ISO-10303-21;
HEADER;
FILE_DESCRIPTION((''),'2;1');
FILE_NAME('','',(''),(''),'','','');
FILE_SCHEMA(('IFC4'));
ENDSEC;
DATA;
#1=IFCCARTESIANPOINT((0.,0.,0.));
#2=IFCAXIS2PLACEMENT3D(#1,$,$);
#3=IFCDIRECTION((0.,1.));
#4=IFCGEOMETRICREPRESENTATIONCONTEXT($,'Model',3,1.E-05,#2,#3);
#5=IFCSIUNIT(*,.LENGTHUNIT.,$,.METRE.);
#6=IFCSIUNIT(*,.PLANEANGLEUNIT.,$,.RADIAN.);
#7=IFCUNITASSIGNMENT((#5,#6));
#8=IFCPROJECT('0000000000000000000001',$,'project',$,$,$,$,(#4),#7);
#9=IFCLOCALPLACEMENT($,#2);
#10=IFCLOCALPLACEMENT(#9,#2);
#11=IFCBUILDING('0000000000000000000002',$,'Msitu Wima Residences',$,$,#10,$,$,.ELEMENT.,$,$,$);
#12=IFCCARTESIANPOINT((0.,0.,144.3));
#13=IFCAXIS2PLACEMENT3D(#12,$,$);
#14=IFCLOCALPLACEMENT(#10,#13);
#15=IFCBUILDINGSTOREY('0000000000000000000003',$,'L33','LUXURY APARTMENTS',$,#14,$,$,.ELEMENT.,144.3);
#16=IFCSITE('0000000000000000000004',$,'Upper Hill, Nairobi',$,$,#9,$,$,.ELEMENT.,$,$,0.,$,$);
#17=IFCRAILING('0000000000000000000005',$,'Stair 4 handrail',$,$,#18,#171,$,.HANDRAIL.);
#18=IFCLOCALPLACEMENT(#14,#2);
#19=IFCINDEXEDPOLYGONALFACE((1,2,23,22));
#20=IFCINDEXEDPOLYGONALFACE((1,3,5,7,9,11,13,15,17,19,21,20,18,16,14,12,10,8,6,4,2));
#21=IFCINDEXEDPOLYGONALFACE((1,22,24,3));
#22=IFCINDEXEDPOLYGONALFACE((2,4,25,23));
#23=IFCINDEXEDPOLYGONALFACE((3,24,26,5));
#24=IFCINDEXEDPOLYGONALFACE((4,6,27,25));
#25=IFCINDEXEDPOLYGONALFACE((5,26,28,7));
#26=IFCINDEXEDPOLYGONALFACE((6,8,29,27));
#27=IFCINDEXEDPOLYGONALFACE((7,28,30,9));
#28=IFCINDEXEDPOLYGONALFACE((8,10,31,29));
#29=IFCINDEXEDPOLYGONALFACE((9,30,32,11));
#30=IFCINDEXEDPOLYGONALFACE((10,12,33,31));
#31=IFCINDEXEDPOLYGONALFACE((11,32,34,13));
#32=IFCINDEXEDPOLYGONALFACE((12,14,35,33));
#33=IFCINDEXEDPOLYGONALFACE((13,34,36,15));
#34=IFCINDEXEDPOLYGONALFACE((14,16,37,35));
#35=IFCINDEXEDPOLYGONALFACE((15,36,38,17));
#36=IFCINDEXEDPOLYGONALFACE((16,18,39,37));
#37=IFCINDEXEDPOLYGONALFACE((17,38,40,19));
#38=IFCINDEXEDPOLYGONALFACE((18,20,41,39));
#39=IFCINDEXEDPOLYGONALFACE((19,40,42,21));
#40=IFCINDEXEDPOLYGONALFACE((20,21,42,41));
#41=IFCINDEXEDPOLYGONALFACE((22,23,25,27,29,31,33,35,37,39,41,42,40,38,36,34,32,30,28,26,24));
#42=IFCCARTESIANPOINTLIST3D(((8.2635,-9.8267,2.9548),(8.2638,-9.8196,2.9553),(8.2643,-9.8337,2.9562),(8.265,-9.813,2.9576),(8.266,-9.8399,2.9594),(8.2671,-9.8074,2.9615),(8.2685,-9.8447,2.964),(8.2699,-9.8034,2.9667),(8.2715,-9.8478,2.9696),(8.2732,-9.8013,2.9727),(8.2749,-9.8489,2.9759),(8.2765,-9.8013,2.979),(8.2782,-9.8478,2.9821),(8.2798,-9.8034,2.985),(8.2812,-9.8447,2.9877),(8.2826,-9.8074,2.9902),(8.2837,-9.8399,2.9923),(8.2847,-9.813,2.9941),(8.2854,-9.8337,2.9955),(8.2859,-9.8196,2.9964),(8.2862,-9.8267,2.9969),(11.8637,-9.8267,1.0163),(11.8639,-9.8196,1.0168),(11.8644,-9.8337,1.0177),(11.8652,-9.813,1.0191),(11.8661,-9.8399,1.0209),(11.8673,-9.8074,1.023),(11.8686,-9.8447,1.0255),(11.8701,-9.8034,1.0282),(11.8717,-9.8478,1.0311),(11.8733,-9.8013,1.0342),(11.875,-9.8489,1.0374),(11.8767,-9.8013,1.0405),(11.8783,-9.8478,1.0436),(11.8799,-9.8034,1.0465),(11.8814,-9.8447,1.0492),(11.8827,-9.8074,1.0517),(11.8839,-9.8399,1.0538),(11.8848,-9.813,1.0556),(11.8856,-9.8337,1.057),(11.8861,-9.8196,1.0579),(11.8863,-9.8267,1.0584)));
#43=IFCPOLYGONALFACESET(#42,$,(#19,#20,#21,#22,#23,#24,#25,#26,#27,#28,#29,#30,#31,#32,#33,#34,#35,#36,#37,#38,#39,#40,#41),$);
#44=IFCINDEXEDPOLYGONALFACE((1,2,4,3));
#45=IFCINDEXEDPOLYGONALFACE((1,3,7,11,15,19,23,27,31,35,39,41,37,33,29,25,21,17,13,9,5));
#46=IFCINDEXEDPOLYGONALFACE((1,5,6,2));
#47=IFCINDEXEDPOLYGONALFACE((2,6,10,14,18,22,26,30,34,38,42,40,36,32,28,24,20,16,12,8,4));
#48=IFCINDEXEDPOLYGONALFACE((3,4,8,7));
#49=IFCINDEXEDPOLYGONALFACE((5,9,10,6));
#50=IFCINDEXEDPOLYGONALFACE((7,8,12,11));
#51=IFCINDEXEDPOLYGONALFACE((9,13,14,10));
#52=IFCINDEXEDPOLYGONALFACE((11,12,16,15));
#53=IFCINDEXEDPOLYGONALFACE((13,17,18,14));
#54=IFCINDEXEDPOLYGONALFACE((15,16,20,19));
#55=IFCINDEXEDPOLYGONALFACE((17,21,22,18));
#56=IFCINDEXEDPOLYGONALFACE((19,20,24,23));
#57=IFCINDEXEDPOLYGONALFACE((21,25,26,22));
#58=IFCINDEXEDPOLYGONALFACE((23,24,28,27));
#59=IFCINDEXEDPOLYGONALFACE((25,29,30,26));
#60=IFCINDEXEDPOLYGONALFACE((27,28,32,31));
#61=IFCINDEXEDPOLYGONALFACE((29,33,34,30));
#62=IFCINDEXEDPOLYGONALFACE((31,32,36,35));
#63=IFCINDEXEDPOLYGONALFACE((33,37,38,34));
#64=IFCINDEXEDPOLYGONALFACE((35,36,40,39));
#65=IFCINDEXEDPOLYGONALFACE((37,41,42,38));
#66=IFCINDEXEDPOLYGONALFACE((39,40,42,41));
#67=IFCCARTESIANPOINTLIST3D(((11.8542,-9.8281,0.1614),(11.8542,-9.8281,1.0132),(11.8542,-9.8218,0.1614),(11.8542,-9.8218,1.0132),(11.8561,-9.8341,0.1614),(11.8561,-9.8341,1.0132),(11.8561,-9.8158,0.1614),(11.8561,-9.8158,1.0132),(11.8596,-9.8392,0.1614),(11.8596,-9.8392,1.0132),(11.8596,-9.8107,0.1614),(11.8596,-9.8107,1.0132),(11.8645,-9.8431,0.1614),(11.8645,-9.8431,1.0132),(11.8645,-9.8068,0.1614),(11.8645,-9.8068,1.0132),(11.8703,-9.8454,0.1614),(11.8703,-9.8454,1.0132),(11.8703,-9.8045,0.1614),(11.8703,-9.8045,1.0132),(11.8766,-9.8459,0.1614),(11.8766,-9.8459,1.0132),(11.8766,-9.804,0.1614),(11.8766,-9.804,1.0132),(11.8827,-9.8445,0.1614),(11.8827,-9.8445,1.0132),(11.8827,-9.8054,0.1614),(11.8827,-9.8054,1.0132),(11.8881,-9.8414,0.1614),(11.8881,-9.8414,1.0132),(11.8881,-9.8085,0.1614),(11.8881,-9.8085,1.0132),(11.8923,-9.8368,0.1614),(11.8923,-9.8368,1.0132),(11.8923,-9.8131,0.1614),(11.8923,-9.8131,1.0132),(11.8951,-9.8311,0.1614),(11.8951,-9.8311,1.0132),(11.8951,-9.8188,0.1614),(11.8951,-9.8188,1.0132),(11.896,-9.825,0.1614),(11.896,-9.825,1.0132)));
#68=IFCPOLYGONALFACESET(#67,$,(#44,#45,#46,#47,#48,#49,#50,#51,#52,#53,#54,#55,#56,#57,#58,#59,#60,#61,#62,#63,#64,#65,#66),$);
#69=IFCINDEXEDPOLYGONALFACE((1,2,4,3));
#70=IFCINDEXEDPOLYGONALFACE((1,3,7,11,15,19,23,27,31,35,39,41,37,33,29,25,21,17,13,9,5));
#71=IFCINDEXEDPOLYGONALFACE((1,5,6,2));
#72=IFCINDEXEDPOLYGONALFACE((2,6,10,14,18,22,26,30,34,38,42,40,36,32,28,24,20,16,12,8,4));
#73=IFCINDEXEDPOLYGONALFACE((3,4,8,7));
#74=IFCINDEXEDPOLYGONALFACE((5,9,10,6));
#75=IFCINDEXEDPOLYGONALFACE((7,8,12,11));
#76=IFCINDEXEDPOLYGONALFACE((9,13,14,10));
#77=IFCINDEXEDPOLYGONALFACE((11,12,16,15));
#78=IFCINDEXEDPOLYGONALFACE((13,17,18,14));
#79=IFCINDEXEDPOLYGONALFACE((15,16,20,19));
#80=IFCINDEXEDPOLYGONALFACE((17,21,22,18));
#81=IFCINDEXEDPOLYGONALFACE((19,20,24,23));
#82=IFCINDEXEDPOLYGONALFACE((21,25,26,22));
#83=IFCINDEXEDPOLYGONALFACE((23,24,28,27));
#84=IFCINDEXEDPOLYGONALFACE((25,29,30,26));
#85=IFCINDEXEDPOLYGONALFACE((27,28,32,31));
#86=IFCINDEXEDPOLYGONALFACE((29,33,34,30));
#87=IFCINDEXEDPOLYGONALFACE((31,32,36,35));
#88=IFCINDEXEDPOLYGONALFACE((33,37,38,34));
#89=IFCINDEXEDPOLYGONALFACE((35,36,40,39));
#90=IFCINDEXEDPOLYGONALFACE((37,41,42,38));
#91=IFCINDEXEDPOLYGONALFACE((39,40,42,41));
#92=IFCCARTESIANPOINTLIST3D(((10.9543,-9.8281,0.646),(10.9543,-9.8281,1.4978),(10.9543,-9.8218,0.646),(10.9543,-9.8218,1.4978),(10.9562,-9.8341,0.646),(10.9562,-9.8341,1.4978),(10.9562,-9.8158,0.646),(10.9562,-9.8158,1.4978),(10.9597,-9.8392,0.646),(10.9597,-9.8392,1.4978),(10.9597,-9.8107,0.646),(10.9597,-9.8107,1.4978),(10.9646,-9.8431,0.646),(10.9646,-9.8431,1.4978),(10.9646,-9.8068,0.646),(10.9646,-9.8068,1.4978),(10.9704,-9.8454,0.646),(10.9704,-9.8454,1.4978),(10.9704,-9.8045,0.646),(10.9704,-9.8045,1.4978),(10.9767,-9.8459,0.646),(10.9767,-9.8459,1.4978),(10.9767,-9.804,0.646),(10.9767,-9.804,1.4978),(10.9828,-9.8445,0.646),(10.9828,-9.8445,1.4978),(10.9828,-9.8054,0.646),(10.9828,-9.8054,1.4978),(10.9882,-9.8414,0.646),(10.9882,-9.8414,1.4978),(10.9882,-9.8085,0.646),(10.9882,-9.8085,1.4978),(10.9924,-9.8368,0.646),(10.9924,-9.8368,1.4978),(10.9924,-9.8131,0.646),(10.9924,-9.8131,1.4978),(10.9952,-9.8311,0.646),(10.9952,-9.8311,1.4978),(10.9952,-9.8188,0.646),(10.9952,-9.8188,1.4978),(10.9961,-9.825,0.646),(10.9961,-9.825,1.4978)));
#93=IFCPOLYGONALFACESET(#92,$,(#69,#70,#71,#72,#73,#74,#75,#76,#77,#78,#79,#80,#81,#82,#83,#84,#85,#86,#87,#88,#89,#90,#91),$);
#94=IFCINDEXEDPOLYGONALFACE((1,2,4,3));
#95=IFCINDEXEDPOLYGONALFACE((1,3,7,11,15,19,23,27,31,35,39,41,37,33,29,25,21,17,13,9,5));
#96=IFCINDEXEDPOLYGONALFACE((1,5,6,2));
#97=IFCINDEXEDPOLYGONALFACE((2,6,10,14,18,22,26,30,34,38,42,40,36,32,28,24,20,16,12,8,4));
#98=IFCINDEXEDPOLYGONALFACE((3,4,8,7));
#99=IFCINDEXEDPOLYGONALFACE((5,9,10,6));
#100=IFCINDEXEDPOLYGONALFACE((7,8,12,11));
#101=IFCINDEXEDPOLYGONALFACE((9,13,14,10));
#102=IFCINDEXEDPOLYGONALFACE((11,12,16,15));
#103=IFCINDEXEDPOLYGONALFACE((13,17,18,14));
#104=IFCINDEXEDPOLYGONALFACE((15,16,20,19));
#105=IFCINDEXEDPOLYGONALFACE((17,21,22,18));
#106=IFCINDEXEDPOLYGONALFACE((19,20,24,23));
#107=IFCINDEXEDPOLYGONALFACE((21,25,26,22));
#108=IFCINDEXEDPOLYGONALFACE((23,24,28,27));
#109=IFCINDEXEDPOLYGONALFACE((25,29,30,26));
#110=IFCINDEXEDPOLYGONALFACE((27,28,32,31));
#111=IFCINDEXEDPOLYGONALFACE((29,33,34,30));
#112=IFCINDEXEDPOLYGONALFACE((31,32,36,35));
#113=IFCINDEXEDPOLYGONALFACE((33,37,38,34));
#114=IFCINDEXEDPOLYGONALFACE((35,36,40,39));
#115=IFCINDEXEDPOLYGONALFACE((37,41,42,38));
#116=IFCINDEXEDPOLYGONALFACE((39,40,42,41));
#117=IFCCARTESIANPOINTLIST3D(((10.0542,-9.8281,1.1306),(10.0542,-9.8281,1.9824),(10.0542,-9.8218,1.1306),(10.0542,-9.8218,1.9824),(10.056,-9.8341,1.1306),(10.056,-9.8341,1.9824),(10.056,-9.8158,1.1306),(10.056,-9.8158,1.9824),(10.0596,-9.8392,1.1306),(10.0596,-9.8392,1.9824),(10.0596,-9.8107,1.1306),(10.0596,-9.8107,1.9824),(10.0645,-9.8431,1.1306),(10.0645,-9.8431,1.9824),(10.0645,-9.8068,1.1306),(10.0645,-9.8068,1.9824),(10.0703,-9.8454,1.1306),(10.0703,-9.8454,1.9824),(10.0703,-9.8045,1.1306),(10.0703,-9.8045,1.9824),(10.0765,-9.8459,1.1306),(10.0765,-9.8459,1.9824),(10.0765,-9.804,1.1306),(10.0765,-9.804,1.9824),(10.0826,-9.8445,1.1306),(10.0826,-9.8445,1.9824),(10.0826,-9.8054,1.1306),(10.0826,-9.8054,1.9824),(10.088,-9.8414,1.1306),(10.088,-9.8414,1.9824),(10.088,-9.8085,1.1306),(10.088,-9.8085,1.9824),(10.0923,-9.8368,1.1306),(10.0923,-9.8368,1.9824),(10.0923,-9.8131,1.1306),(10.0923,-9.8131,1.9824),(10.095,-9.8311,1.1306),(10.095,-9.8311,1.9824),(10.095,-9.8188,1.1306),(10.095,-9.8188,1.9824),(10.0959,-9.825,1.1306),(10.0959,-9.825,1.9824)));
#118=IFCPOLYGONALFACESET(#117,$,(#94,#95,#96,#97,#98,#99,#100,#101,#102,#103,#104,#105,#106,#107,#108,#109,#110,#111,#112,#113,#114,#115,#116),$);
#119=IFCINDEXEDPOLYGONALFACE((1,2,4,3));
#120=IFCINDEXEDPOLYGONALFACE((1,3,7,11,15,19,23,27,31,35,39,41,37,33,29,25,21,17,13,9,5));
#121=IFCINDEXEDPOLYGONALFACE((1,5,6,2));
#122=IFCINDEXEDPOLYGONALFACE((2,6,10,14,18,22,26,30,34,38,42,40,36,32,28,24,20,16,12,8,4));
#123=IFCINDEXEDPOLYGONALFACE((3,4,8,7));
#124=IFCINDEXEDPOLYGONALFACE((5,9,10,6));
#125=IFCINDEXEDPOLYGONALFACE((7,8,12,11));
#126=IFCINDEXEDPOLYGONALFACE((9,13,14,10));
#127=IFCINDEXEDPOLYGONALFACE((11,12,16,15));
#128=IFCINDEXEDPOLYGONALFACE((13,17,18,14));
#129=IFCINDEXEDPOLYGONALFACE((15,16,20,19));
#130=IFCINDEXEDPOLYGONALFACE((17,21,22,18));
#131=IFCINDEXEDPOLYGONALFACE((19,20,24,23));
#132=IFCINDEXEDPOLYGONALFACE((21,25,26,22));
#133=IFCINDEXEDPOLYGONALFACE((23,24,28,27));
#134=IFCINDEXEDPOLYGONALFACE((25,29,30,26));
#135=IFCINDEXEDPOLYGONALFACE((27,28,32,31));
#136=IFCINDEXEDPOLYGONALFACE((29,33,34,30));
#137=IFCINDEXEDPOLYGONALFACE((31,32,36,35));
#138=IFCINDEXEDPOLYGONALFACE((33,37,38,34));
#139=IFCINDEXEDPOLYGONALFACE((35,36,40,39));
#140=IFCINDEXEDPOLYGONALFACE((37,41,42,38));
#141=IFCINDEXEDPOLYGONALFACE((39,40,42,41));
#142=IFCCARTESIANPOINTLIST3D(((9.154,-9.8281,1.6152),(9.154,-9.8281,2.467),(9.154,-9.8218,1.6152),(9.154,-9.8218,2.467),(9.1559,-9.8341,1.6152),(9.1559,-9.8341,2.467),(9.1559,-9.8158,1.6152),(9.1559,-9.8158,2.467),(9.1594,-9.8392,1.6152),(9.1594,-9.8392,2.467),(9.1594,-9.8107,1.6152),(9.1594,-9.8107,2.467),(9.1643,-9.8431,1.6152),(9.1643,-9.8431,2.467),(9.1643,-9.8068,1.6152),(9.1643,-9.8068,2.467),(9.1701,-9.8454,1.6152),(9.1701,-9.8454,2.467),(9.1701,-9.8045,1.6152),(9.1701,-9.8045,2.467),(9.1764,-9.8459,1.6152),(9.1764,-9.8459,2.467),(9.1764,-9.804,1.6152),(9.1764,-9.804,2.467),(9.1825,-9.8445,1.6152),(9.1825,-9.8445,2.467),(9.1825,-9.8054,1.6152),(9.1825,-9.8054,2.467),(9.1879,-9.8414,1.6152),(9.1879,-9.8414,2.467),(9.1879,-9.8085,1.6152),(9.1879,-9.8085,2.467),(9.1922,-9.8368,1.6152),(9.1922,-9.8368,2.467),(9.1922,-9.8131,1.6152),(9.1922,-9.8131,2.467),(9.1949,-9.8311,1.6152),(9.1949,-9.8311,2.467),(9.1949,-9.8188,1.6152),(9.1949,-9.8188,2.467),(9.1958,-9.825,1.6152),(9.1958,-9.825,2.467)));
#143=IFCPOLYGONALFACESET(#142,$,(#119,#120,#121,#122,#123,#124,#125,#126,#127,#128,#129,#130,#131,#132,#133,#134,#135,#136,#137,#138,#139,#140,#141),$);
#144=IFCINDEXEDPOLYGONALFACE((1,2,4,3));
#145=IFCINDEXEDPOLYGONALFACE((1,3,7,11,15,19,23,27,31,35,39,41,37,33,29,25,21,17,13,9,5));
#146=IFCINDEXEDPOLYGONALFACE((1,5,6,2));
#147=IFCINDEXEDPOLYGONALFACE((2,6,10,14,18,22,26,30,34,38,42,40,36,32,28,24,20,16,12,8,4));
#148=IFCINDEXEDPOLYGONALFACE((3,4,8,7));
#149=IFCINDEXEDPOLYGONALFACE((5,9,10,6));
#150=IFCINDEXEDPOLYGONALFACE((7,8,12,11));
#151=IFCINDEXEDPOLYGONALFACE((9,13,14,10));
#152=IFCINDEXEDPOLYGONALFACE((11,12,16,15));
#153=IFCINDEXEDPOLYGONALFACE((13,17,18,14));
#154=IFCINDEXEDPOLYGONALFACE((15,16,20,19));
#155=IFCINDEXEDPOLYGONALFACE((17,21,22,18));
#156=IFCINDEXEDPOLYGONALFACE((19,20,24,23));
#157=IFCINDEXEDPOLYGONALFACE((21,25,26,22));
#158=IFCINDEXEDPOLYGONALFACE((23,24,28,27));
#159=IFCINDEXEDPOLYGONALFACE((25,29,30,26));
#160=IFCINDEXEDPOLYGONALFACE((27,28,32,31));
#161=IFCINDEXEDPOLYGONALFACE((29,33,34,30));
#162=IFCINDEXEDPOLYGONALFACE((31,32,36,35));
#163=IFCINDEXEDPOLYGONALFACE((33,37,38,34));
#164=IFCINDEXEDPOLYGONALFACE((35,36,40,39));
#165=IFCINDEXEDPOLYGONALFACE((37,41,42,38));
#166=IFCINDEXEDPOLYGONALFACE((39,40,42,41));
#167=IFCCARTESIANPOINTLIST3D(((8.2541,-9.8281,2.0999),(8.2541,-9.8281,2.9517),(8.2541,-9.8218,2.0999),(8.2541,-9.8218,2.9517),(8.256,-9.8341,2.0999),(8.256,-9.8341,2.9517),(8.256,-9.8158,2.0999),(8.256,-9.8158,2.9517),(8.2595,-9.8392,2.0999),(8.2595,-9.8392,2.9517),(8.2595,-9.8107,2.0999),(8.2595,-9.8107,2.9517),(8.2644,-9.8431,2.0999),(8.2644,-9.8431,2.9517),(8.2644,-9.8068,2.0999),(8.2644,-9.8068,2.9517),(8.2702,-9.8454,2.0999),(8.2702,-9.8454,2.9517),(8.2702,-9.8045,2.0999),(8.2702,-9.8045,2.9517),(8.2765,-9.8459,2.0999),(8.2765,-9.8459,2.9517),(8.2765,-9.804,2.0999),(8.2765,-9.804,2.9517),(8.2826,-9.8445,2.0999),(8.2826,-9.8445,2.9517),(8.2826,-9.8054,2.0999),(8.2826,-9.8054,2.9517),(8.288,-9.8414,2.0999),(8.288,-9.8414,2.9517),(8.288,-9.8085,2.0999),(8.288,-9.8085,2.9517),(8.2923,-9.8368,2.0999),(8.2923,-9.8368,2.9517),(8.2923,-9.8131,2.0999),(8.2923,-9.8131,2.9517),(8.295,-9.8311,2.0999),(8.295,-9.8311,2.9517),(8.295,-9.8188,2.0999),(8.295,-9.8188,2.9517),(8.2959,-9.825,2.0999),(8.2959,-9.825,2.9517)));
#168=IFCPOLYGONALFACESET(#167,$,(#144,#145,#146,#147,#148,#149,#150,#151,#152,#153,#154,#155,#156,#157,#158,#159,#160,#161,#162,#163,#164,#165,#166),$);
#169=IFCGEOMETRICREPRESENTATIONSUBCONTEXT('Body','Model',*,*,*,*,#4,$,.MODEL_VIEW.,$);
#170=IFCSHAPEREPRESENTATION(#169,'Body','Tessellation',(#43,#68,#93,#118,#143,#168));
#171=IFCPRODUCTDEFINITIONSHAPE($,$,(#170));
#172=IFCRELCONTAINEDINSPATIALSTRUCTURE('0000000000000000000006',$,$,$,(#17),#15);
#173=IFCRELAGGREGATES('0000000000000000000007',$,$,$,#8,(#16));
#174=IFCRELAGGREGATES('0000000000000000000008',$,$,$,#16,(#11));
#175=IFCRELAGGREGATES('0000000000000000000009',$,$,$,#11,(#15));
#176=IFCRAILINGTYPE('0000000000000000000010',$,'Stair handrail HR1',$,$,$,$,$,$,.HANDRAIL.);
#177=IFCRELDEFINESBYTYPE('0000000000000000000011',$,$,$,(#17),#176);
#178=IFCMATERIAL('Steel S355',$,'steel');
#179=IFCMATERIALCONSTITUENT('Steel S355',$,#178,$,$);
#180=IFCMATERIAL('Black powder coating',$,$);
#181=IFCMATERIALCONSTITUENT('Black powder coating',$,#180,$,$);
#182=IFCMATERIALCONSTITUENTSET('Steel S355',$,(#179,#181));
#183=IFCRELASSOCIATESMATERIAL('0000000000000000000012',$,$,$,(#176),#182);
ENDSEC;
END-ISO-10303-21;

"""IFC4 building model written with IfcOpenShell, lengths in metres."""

from ifc_helpers import new_model, si_unit, direction, frame, origin, origin_2d, place, context, subcontext, project, spatial, circle, extrude, material, constituent, constituent_set, type_object, element, save


model = new_model("IFC4")

# Units and contexts
model_context = context("Model", 3, precision=1e-05, world=origin(), true_north=direction((0.0, 1.0)))
body_context = subcontext(model_context, "Body", "Model", "MODEL_VIEW")
ifc_project = project(units=[si_unit("LENGTHUNIT", "METRE"), si_unit("PLANEANGLEUNIT", "RADIAN")], contexts=[model_context])

# Site, building, storey
site_placement = place(None, origin())
site = spatial("IfcSite", under=ifc_project, at=site_placement, Name="Upper Hill, Nairobi", CompositionType="ELEMENT", RefElevation=0.0)
building_placement = place(site_placement, origin())
building = spatial("IfcBuilding", under=site, at=building_placement, Name="Msitu Wima Residences", CompositionType="ELEMENT")
storey_placement = place(building_placement, frame((0.0, 0.0, 144.3)))
storey = spatial("IfcBuildingStorey", under=building, at=storey_placement, Name="L33", Description="LUXURY APARTMENTS", CompositionType="ELEMENT", Elevation=144.3)

# Railing
ifc_material_1 = material(Name="Steel S355", Category="steel")
ifc_constituent_1 = constituent(ifc_material_1, Name="Steel S355")
ifc_material_2 = material(Name="Black powder coating")
ifc_constituent_2 = constituent(ifc_material_2, Name="Black powder coating")
ifc_constituent_set = constituent_set(constituents=[ifc_constituent_1, ifc_constituent_2], Name="Steel S355")
railing_type = type_object("IfcRailingType", Name="Stair handrail HR1", PredefinedType="HANDRAIL", material=ifc_constituent_set)
for number, where, name in (
    (1, (11.875, -9.825, 0.1614), "Stair 4 handrail"),
):
    element("IfcRailing", number, at=place(storey_placement, frame(where)), inside=storey, type_object=railing_type, Name=name, PredefinedType="HANDRAIL", context=body_context, shape_type="SweptSolid", body=[
        extrude(circle(Radius=0.0239, at=origin_2d()), frame((0.0, 0.0, 0.876), z_axis=(-0.880475, 0.0, 0.474093), x_axis=(0.0, -1.0, 0.0)), (0.0, 0.0, 1.0), 4.0889),
        extrude(circle(Radius=0.021, at=origin_2d()), origin(), (0.0, 0.0, 1.0), 0.8518),
        extrude(circle(Radius=0.021, at=origin_2d()), frame((-0.8999, 0.0, 0.4846)), (0.0, 0.0, 1.0), 0.8518),
        extrude(circle(Radius=0.021, at=origin_2d()), frame((-1.8, 0.0, 0.9692)), (0.0, 0.0, 1.0), 0.8518),
        extrude(circle(Radius=0.021, at=origin_2d()), frame((-2.7002, 0.0, 1.4539)), (0.0, 0.0, 1.0), 0.8518),
        extrude(circle(Radius=0.021, at=origin_2d()), frame((-3.6001, 0.0, 1.9385)), (0.0, 0.0, 1.0), 0.8518),
    ])

save(model, "model.ifc")
